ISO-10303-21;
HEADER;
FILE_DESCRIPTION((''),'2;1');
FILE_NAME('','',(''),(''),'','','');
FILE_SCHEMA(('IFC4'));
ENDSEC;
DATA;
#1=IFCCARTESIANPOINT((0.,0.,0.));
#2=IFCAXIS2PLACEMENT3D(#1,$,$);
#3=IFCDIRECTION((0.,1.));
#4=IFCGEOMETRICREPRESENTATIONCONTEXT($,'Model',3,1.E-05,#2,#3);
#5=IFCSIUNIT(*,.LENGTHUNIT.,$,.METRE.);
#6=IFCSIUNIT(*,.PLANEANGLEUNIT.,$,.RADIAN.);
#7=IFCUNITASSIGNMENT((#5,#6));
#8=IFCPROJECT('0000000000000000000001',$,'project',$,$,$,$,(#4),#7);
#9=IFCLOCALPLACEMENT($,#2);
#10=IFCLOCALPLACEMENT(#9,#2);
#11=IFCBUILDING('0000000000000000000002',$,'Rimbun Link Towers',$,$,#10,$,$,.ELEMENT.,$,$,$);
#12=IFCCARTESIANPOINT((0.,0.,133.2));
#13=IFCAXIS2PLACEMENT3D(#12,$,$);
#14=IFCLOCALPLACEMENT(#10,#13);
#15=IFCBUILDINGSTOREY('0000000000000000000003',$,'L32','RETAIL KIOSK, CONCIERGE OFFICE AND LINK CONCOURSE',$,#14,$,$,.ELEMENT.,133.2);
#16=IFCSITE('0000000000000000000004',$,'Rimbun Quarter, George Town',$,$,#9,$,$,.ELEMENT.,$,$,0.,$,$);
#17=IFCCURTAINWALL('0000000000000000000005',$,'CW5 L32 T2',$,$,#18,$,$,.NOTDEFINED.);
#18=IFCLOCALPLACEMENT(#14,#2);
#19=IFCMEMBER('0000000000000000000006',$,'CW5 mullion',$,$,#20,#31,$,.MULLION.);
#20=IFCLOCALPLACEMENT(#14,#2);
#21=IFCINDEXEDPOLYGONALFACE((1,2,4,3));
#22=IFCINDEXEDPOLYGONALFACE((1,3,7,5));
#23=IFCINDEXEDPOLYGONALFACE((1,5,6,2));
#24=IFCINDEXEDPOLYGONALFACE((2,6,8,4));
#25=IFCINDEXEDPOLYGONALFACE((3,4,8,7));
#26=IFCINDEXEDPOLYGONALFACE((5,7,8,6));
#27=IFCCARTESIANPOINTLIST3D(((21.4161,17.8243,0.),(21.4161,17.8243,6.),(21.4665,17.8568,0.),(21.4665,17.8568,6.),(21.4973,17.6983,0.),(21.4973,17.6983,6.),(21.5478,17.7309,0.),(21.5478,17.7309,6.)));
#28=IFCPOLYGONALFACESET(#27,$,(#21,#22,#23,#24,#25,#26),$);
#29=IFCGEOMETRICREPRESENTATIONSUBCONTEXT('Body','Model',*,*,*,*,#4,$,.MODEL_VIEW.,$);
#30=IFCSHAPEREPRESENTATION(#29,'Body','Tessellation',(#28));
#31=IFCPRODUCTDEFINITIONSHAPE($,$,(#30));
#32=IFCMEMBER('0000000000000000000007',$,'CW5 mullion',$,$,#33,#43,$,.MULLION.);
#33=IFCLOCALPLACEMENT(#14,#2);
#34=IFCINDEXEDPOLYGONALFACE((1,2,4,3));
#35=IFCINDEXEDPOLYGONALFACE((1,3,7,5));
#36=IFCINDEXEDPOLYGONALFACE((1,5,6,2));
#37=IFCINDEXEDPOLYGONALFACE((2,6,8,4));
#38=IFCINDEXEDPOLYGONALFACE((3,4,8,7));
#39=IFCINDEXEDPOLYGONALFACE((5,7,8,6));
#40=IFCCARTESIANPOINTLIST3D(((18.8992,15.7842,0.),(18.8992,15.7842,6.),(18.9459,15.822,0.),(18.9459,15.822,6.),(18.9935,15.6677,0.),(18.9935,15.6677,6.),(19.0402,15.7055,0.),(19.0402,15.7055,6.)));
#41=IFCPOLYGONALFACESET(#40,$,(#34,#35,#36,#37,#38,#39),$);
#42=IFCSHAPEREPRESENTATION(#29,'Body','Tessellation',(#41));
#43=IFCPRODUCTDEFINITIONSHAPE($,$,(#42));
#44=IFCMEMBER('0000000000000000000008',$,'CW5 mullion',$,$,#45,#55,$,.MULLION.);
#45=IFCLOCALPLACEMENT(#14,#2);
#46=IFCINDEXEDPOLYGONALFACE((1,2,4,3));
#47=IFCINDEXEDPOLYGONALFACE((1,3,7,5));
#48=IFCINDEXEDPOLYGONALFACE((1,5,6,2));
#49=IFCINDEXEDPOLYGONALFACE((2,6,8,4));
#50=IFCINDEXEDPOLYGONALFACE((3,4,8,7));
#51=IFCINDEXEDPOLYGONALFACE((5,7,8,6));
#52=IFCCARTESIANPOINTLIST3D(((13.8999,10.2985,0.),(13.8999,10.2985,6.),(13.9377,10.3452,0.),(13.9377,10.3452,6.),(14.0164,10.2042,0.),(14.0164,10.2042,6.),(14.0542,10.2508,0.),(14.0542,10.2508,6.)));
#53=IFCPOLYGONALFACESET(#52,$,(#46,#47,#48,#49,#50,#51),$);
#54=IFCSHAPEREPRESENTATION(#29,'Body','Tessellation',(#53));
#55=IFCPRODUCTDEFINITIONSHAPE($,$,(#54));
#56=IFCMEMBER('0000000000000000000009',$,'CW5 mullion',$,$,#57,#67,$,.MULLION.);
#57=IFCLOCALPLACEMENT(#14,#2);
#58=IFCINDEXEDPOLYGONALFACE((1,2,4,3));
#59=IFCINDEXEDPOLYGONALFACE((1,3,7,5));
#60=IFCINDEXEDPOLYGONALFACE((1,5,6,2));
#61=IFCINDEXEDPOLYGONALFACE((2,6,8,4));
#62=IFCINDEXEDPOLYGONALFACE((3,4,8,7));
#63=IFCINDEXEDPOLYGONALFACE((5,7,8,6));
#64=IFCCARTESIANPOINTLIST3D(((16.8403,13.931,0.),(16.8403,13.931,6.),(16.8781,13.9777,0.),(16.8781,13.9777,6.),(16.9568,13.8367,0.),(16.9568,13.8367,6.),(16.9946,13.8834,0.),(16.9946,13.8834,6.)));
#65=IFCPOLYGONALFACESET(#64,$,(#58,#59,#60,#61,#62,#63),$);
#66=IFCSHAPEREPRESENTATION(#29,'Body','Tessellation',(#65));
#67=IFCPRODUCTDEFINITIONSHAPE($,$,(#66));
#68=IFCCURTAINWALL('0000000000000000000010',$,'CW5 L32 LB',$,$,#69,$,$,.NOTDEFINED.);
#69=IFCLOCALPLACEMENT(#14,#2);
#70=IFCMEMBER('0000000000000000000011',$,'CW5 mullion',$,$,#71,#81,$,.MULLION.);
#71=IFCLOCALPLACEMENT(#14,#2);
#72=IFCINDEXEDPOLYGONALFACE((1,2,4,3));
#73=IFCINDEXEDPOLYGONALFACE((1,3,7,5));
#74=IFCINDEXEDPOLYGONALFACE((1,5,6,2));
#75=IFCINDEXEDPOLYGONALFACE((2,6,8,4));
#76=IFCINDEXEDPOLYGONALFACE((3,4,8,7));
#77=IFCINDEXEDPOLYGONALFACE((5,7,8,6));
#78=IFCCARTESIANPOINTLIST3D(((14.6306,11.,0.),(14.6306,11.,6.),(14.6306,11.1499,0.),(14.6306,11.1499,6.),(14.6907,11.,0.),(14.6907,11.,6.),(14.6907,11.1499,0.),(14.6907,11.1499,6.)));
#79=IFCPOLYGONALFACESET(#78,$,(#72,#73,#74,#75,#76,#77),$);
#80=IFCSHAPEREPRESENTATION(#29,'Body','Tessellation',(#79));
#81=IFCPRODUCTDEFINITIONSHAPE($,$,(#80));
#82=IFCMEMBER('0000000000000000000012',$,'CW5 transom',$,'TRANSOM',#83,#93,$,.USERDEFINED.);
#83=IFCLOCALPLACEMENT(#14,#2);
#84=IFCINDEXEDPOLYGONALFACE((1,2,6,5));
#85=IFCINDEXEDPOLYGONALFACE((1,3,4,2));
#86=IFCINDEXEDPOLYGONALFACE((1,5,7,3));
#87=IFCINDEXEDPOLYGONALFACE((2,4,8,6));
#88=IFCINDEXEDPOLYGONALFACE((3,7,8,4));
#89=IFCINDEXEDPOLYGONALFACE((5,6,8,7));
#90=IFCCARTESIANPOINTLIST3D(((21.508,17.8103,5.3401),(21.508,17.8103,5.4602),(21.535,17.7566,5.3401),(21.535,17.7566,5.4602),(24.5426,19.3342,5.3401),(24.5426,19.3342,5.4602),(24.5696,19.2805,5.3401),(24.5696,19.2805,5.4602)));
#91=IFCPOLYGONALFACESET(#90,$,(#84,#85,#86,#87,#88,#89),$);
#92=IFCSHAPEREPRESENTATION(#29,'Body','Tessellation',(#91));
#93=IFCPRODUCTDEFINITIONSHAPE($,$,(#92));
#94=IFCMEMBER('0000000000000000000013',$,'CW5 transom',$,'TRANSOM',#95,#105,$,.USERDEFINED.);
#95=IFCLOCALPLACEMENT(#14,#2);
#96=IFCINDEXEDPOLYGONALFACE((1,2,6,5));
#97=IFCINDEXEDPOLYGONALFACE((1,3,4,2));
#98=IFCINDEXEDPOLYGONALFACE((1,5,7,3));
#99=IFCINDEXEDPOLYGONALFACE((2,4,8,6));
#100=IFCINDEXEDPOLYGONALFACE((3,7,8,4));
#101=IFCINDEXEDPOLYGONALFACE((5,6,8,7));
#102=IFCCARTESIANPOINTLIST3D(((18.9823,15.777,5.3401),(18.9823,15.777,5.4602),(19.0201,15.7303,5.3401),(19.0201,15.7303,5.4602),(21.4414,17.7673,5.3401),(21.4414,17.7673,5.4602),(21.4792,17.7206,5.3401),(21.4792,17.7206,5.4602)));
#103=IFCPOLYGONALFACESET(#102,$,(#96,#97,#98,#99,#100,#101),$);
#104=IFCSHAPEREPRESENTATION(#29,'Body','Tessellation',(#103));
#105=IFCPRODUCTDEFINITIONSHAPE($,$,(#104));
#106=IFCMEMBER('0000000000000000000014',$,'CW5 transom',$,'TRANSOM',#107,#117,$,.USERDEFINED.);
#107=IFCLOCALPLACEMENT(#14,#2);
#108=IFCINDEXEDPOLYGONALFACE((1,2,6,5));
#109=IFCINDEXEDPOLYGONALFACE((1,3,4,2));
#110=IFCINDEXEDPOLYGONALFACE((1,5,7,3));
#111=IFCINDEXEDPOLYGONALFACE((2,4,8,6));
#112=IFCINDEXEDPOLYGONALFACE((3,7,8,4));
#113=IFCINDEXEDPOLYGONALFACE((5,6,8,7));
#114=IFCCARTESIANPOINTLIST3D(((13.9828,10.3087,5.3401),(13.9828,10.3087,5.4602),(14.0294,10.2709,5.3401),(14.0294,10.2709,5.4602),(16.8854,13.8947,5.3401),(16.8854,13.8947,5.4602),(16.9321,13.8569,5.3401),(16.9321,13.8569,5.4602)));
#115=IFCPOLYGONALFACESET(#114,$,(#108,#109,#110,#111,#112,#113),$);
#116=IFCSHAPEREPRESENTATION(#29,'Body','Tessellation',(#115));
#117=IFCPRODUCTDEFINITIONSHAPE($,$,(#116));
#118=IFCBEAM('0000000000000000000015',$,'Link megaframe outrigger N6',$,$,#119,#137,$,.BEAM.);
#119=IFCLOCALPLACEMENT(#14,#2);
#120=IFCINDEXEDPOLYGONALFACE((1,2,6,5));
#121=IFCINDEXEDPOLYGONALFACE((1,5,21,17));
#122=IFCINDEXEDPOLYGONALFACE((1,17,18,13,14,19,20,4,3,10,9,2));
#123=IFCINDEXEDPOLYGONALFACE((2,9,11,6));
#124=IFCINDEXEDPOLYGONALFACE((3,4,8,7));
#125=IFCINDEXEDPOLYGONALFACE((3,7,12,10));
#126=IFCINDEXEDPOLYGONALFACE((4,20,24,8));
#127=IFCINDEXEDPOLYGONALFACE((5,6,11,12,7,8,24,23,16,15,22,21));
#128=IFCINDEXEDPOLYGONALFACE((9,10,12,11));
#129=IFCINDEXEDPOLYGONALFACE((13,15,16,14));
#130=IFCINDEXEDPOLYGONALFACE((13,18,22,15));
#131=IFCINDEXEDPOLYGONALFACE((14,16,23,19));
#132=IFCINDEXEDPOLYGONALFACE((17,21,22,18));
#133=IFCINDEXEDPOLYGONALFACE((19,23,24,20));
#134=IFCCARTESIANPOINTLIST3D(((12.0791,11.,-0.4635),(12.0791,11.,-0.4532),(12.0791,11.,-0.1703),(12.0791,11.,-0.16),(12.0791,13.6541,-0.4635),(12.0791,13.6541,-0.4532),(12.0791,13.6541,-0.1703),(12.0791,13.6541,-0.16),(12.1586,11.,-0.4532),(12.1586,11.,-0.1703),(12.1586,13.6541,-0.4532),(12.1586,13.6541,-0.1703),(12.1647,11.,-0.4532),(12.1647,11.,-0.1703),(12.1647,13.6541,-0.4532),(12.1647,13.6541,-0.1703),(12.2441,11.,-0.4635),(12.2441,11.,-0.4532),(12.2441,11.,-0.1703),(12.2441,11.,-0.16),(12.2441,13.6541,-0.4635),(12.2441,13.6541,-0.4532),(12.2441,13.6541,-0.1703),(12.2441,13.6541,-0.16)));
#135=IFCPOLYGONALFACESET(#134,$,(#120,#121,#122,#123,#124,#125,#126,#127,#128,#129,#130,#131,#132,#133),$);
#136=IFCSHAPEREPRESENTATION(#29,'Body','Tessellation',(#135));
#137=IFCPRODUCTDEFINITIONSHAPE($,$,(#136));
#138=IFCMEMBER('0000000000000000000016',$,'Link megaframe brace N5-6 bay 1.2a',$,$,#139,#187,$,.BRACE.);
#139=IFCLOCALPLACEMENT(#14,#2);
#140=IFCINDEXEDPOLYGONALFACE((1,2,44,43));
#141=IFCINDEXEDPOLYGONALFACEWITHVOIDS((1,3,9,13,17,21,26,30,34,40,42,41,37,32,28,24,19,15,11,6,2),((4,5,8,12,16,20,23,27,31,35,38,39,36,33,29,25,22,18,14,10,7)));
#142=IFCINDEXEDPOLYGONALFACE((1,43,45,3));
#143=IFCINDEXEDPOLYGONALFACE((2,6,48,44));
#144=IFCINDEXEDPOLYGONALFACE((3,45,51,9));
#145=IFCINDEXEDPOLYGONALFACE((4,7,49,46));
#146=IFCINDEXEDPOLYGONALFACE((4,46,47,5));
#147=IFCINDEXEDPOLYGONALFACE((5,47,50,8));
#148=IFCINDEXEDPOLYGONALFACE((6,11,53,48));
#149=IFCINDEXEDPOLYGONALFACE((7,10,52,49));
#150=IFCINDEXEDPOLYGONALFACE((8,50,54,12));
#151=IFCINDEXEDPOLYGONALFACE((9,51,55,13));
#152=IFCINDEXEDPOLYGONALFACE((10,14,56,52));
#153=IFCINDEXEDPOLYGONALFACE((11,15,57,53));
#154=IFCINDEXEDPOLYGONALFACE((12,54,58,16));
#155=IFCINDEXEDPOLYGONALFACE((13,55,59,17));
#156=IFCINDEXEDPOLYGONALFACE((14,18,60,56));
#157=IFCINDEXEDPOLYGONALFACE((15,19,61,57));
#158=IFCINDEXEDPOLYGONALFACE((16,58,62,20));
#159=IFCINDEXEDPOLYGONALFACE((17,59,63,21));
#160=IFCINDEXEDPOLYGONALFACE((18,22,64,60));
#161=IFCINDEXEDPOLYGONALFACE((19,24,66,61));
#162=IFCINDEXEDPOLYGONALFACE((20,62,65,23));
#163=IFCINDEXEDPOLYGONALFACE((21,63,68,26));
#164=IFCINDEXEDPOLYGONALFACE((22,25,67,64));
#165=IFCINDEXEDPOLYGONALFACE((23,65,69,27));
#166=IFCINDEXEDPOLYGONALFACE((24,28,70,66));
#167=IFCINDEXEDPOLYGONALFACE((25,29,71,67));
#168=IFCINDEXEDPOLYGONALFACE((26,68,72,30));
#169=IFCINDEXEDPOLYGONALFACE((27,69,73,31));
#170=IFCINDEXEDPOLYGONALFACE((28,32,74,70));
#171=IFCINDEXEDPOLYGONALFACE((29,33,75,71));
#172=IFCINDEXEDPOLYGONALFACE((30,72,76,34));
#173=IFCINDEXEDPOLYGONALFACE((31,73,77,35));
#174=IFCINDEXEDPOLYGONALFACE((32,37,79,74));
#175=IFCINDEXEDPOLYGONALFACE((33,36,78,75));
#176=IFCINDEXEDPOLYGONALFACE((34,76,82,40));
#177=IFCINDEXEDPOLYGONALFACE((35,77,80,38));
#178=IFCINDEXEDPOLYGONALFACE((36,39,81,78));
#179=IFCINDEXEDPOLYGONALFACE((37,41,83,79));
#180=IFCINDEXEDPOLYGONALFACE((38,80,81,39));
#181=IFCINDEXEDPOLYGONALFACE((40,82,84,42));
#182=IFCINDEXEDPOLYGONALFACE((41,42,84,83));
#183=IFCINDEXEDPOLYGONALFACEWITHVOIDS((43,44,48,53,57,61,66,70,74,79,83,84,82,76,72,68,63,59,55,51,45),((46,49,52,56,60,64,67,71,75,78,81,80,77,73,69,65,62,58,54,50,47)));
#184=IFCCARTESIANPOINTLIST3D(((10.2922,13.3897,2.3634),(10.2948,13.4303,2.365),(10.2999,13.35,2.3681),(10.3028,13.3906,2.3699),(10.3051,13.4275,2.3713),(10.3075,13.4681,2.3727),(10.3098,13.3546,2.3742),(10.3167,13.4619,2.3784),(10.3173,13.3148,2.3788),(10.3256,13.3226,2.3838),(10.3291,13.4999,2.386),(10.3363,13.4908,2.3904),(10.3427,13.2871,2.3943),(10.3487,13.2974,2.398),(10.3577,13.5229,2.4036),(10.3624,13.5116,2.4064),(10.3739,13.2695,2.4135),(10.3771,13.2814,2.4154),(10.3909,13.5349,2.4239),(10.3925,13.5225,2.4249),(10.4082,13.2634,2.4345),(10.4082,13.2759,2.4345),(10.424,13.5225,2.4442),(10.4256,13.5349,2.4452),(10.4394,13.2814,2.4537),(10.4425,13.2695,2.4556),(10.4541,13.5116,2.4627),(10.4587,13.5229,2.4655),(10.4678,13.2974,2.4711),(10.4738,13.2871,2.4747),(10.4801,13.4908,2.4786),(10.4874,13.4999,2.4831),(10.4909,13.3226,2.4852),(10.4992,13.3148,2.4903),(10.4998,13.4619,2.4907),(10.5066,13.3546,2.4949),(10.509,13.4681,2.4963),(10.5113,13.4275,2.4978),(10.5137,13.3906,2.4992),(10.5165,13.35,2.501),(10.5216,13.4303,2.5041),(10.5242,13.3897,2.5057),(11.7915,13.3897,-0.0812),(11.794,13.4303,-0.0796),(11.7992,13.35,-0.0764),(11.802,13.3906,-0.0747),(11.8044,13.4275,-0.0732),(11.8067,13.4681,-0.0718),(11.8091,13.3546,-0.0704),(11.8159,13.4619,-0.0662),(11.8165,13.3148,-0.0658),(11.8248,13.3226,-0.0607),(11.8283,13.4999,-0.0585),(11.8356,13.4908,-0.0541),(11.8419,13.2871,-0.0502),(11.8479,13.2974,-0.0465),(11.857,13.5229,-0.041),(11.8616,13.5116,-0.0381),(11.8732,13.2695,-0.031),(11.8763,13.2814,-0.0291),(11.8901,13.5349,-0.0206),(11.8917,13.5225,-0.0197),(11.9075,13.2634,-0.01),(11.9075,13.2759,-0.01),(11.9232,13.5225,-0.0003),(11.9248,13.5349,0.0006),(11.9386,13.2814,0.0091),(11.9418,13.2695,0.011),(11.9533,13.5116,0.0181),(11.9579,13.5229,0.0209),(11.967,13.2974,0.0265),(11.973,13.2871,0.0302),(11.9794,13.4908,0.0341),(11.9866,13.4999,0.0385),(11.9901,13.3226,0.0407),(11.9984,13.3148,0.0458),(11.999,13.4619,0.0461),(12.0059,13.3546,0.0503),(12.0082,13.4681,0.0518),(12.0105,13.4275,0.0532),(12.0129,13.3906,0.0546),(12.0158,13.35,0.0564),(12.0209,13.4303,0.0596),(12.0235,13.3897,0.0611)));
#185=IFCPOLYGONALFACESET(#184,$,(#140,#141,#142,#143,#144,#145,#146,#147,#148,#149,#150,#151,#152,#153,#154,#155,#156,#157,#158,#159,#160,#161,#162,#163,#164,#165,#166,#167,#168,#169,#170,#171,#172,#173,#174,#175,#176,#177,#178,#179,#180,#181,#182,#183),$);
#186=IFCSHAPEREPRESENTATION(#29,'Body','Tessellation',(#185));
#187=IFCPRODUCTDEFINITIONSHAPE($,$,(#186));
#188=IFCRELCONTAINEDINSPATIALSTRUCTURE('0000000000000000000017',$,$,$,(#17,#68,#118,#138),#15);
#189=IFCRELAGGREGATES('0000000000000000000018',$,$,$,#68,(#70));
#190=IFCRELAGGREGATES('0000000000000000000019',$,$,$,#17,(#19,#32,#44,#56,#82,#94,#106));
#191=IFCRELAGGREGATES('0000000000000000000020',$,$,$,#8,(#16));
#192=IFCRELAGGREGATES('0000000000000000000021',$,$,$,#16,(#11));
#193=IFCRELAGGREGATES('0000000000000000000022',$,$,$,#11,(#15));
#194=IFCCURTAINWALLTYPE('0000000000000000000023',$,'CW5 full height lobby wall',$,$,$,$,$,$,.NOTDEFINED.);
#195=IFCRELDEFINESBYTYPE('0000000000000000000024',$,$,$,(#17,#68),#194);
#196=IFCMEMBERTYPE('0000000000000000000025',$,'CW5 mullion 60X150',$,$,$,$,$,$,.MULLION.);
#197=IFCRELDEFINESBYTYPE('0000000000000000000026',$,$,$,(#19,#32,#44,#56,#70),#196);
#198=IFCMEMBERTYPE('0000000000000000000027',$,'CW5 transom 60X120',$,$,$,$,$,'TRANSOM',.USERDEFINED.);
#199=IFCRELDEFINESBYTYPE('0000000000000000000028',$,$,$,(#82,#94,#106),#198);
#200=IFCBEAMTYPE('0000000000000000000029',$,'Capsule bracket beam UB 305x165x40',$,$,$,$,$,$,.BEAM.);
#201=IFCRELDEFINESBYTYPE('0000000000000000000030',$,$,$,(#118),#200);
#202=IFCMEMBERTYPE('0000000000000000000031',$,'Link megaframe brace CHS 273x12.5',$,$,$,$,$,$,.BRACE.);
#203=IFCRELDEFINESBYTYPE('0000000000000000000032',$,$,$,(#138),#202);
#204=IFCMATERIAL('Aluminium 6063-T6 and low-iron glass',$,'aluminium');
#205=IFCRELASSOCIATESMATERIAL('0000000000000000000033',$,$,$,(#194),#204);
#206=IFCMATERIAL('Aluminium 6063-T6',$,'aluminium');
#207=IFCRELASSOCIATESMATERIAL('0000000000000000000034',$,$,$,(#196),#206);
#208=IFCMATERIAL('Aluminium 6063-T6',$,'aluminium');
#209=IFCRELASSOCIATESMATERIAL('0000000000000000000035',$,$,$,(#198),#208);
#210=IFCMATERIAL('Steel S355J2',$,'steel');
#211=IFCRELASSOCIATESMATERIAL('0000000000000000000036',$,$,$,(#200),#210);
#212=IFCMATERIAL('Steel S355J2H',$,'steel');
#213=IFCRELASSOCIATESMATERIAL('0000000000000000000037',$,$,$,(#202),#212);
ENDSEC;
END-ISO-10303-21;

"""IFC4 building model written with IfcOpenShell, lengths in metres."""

from ifc_helpers import new_model, si_unit, direction, frame, origin, origin_2d, place, context, subcontext, project, spatial, rectangle, hollow_circle, i_section, extrude, material, material_profile, profile_set, type_object, element, aggregate, save


model = new_model("IFC4")

# Units and contexts
model_context = context("Model", 3, precision=1e-05, world=origin(), true_north=direction((0.0, 1.0)))
body_context = subcontext(model_context, "Body", "Model", "MODEL_VIEW")
ifc_project = project(units=[si_unit("LENGTHUNIT", "METRE"), si_unit("PLANEANGLEUNIT", "RADIAN")], contexts=[model_context])

# Site, building, storey
site_placement = place(None, origin())
site = spatial("IfcSite", under=ifc_project, at=site_placement, Name="Rimbun Quarter, George Town", CompositionType="ELEMENT", RefElevation=0.0)
building_placement = place(site_placement, origin())
building = spatial("IfcBuilding", under=site, at=building_placement, Name="Rimbun Link Towers", CompositionType="ELEMENT")
storey_placement = place(building_placement, frame((0.0, 0.0, 133.2)))
storey = spatial("IfcBuildingStorey", under=building, at=storey_placement, Name="L32", Description="RETAIL KIOSK, CONCIERGE OFFICE AND LINK CONCOURSE", CompositionType="ELEMENT", Elevation=133.2)

# Curtain wall, members
ifc_material_1 = material(Name="Aluminium 6063-T6 and low-iron glass", Category="aluminium")
curtain_wall_type = type_object("IfcCurtainWallType", Name="CW5 full height lobby wall", PredefinedType="NOTDEFINED", material=ifc_material_1)
curtain_wall_1_placement = place(storey_placement, origin())
curtain_wall_1 = element("IfcCurtainWall", 1, at=curtain_wall_1_placement, inside=storey, type_object=curtain_wall_type, Name="CW5 L32 T2", PredefinedType="NOTDEFINED")
ifc_material_2 = material(Name="Aluminium 6063-T6", Category="aluminium")
ifc_material_profile_1 = material_profile(ifc_material_2, rectangle(XDim=0.1499, YDim=0.0601, at=origin_2d()), Name="MULLION 60X150")
ifc_profile_set_1 = profile_set([ifc_material_profile_1], Name="Aluminium 6063-T6")
member_type_1 = type_object("IfcMemberType", Name="CW5 mullion 60X150", PredefinedType="MULLION", material=ifc_profile_set_1)
member_1_placement = place(storey_placement, frame((21.4819, 17.7776, 0.0), z_axis=(0.0, 0.0, 1.0), x_axis=(-0.542102, 0.840313, 0.0)))
member_1 = element("IfcMember", 2, at=member_1_placement, type_object=member_type_1, Name="CW5 mullion", PredefinedType="MULLION", context=body_context, shape_type="SweptSolid", body=[
    extrude(rectangle(XDim=0.1499, YDim=0.0601, at=origin_2d()), origin(), (0.0, 0.0, 1.0), 6.0),
])
member_2_placement = place(storey_placement, frame((18.9697, 15.7449, 0.0), z_axis=(0.0, 0.0, 1.0), x_axis=(-0.629159, 0.777277, 0.0)))
member_2 = element("IfcMember", 3, at=member_2_placement, type_object=member_type_1, Name="CW5 mullion", PredefinedType="MULLION", context=body_context, shape_type="SweptSolid", body=[
    extrude(rectangle(XDim=0.1499, YDim=0.0601, at=origin_2d()), origin(), (0.0, 0.0, 1.0), 6.0),
])
member_3_placement = place(storey_placement, frame((13.9771, 10.2747, 0.0), z_axis=(0.0, 0.0, 1.0), x_axis=(-0.777277, 0.629159, 0.0)))
member_3 = element("IfcMember", 4, at=member_3_placement, type_object=member_type_1, Name="CW5 mullion", PredefinedType="MULLION", context=body_context, shape_type="SweptSolid", body=[
    extrude(rectangle(XDim=0.1499, YDim=0.0601, at=origin_2d()), origin(), (0.0, 0.0, 1.0), 6.0),
])
member_4_placement = place(storey_placement, frame((16.9175, 13.9072, 0.0), z_axis=(0.0, 0.0, 1.0), x_axis=(-0.777277, 0.629159, 0.0)))
member_4 = element("IfcMember", 5, at=member_4_placement, type_object=member_type_1, Name="CW5 mullion", PredefinedType="MULLION", context=body_context, shape_type="SweptSolid", body=[
    extrude(rectangle(XDim=0.1499, YDim=0.0601, at=origin_2d()), origin(), (0.0, 0.0, 1.0), 6.0),
])

# Curtain wall, member
curtain_wall_2_placement = place(storey_placement, origin())
curtain_wall_2 = element("IfcCurtainWall", 6, at=curtain_wall_2_placement, inside=storey, type_object=curtain_wall_type, Name="CW5 L32 LB", PredefinedType="NOTDEFINED")
member_5_placement = place(storey_placement, frame((14.6606, 11.075, 0.0), z_axis=(0.0, 0.0, 1.0), x_axis=(0.0, 1.0, 0.0)))
member_5 = element("IfcMember", 7, at=member_5_placement, type_object=member_type_1, Name="CW5 mullion", PredefinedType="MULLION", context=body_context, shape_type="SweptSolid", body=[
    extrude(rectangle(XDim=0.1499, YDim=0.0601, at=origin_2d()), origin(), (0.0, 0.0, 1.0), 6.0),
])

# Members
ifc_material_3 = material(Name="Aluminium 6063-T6", Category="aluminium")
ifc_material_profile_2 = material_profile(ifc_material_3, rectangle(XDim=0.0601, YDim=0.1201, at=origin_2d()), Name="TRANSOM 60X120")
ifc_profile_set_2 = profile_set([ifc_material_profile_2], Name="Aluminium 6063-T6")
member_type_2 = type_object("IfcMemberType", Name="CW5 transom 60X120", ElementType="TRANSOM", PredefinedType="USERDEFINED", material=ifc_profile_set_2)
member_6_placement = place(storey_placement, frame((21.5215, 17.7834, 5.4001), z_axis=(0.893649, 0.448766, 0.0), x_axis=(-0.448766, 0.893649, 0.0)))
member_6 = element("IfcMember", 8, at=member_6_placement, type_object=member_type_2, Name="CW5 transom", ObjectType="TRANSOM", PredefinedType="USERDEFINED", context=body_context, shape_type="SweptSolid", body=[
    extrude(rectangle(XDim=0.0601, YDim=0.1201, at=origin_2d()), origin(), (0.0, 0.0, 1.0), 3.3958),
])
member_7_placement = place(storey_placement, frame((19.0012, 15.7537, 5.4001), z_axis=(0.777302, 0.629127, 0.0), x_axis=(-0.629127, 0.777302, 0.0)))
member_7 = element("IfcMember", 9, at=member_7_placement, type_object=member_type_2, Name="CW5 transom", ObjectType="TRANSOM", PredefinedType="USERDEFINED", context=body_context, shape_type="SweptSolid", body=[
    extrude(rectangle(XDim=0.0601, YDim=0.1201, at=origin_2d()), origin(), (0.0, 0.0, 1.0), 3.1636),
])
member_8_placement = place(storey_placement, frame((14.0061, 10.2898, 5.4001), z_axis=(0.629157, 0.777278, 0.0), x_axis=(-0.777278, 0.629157, 0.0)))
member_8 = element("IfcMember", 10, at=member_8_placement, type_object=member_type_2, Name="CW5 transom", ObjectType="TRANSOM", PredefinedType="USERDEFINED", context=body_context, shape_type="SweptSolid", body=[
    extrude(rectangle(XDim=0.0601, YDim=0.1201, at=origin_2d()), origin(), (0.0, 0.0, 1.0), 4.6135),
])

# Beam
ifc_material_4 = material(Name="Steel S355J2", Category="steel")
ifc_material_profile_3 = material_profile(ifc_material_4, i_section(OverallWidth=0.165, OverallDepth=0.3035, WebThickness=0.0061, FlangeThickness=0.0103, at=origin_2d()), Name="UB 305x165x40")
ifc_profile_set_3 = profile_set([ifc_material_profile_3], Name="Steel S355J2")
beam_type_1 = type_object("IfcBeamType", Name="Capsule bracket beam UB 305x165x40", PredefinedType="BEAM", material=ifc_profile_set_3)
beam_1_placement = place(storey_placement, frame((12.1616, 11.0, -0.3118), z_axis=(0.0, 1.0, 0.0), x_axis=(-1.0, 0.0, 0.0)))
element("IfcBeam", 11, at=beam_1_placement, inside=storey, type_object=beam_type_1, Name="Link megaframe outrigger N6", PredefinedType="BEAM", context=body_context, shape_type="SweptSolid", body=[
    extrude(i_section(OverallWidth=0.165, OverallDepth=0.3035, WebThickness=0.0061, FlangeThickness=0.0103, at=origin_2d()), origin(), (0.0, 0.0, 1.0), 2.6541),
])

# Member
ifc_material_5 = material(Name="Steel S355J2H", Category="steel")
ifc_material_profile_4 = material_profile(ifc_material_5, hollow_circle(Radius=0.1365, WallThickness=0.0125, at=origin_2d()), Name="CHS 273x12.5")
ifc_profile_set_4 = profile_set([ifc_material_profile_4], Name="Steel S355J2H")
member_type_3 = type_object("IfcMemberType", Name="Link megaframe brace CHS 273x12.5", PredefinedType="BRACE", material=ifc_profile_set_4)
member_9_placement = place(storey_placement, frame((11.9075, 13.3999, -0.01), z_axis=(-0.52281, 0.0, 0.852449), x_axis=(0.0, -1.0, 0.0)))
element("IfcMember", 12, at=member_9_placement, inside=storey, type_object=member_type_3, Name="Link megaframe brace N5-6 bay 1.2a", PredefinedType="BRACE", context=body_context, shape_type="SweptSolid", body=[
    extrude(hollow_circle(Radius=0.1365, WallThickness=0.0125, at=origin_2d()), origin(), (0.0, 0.0, 1.0), 2.8677),
])

aggregate(curtain_wall_2, [member_5])
aggregate(curtain_wall_1, [member_1, member_2, member_3, member_4, member_6, member_7, member_8])

save(model, "model.ifc")
